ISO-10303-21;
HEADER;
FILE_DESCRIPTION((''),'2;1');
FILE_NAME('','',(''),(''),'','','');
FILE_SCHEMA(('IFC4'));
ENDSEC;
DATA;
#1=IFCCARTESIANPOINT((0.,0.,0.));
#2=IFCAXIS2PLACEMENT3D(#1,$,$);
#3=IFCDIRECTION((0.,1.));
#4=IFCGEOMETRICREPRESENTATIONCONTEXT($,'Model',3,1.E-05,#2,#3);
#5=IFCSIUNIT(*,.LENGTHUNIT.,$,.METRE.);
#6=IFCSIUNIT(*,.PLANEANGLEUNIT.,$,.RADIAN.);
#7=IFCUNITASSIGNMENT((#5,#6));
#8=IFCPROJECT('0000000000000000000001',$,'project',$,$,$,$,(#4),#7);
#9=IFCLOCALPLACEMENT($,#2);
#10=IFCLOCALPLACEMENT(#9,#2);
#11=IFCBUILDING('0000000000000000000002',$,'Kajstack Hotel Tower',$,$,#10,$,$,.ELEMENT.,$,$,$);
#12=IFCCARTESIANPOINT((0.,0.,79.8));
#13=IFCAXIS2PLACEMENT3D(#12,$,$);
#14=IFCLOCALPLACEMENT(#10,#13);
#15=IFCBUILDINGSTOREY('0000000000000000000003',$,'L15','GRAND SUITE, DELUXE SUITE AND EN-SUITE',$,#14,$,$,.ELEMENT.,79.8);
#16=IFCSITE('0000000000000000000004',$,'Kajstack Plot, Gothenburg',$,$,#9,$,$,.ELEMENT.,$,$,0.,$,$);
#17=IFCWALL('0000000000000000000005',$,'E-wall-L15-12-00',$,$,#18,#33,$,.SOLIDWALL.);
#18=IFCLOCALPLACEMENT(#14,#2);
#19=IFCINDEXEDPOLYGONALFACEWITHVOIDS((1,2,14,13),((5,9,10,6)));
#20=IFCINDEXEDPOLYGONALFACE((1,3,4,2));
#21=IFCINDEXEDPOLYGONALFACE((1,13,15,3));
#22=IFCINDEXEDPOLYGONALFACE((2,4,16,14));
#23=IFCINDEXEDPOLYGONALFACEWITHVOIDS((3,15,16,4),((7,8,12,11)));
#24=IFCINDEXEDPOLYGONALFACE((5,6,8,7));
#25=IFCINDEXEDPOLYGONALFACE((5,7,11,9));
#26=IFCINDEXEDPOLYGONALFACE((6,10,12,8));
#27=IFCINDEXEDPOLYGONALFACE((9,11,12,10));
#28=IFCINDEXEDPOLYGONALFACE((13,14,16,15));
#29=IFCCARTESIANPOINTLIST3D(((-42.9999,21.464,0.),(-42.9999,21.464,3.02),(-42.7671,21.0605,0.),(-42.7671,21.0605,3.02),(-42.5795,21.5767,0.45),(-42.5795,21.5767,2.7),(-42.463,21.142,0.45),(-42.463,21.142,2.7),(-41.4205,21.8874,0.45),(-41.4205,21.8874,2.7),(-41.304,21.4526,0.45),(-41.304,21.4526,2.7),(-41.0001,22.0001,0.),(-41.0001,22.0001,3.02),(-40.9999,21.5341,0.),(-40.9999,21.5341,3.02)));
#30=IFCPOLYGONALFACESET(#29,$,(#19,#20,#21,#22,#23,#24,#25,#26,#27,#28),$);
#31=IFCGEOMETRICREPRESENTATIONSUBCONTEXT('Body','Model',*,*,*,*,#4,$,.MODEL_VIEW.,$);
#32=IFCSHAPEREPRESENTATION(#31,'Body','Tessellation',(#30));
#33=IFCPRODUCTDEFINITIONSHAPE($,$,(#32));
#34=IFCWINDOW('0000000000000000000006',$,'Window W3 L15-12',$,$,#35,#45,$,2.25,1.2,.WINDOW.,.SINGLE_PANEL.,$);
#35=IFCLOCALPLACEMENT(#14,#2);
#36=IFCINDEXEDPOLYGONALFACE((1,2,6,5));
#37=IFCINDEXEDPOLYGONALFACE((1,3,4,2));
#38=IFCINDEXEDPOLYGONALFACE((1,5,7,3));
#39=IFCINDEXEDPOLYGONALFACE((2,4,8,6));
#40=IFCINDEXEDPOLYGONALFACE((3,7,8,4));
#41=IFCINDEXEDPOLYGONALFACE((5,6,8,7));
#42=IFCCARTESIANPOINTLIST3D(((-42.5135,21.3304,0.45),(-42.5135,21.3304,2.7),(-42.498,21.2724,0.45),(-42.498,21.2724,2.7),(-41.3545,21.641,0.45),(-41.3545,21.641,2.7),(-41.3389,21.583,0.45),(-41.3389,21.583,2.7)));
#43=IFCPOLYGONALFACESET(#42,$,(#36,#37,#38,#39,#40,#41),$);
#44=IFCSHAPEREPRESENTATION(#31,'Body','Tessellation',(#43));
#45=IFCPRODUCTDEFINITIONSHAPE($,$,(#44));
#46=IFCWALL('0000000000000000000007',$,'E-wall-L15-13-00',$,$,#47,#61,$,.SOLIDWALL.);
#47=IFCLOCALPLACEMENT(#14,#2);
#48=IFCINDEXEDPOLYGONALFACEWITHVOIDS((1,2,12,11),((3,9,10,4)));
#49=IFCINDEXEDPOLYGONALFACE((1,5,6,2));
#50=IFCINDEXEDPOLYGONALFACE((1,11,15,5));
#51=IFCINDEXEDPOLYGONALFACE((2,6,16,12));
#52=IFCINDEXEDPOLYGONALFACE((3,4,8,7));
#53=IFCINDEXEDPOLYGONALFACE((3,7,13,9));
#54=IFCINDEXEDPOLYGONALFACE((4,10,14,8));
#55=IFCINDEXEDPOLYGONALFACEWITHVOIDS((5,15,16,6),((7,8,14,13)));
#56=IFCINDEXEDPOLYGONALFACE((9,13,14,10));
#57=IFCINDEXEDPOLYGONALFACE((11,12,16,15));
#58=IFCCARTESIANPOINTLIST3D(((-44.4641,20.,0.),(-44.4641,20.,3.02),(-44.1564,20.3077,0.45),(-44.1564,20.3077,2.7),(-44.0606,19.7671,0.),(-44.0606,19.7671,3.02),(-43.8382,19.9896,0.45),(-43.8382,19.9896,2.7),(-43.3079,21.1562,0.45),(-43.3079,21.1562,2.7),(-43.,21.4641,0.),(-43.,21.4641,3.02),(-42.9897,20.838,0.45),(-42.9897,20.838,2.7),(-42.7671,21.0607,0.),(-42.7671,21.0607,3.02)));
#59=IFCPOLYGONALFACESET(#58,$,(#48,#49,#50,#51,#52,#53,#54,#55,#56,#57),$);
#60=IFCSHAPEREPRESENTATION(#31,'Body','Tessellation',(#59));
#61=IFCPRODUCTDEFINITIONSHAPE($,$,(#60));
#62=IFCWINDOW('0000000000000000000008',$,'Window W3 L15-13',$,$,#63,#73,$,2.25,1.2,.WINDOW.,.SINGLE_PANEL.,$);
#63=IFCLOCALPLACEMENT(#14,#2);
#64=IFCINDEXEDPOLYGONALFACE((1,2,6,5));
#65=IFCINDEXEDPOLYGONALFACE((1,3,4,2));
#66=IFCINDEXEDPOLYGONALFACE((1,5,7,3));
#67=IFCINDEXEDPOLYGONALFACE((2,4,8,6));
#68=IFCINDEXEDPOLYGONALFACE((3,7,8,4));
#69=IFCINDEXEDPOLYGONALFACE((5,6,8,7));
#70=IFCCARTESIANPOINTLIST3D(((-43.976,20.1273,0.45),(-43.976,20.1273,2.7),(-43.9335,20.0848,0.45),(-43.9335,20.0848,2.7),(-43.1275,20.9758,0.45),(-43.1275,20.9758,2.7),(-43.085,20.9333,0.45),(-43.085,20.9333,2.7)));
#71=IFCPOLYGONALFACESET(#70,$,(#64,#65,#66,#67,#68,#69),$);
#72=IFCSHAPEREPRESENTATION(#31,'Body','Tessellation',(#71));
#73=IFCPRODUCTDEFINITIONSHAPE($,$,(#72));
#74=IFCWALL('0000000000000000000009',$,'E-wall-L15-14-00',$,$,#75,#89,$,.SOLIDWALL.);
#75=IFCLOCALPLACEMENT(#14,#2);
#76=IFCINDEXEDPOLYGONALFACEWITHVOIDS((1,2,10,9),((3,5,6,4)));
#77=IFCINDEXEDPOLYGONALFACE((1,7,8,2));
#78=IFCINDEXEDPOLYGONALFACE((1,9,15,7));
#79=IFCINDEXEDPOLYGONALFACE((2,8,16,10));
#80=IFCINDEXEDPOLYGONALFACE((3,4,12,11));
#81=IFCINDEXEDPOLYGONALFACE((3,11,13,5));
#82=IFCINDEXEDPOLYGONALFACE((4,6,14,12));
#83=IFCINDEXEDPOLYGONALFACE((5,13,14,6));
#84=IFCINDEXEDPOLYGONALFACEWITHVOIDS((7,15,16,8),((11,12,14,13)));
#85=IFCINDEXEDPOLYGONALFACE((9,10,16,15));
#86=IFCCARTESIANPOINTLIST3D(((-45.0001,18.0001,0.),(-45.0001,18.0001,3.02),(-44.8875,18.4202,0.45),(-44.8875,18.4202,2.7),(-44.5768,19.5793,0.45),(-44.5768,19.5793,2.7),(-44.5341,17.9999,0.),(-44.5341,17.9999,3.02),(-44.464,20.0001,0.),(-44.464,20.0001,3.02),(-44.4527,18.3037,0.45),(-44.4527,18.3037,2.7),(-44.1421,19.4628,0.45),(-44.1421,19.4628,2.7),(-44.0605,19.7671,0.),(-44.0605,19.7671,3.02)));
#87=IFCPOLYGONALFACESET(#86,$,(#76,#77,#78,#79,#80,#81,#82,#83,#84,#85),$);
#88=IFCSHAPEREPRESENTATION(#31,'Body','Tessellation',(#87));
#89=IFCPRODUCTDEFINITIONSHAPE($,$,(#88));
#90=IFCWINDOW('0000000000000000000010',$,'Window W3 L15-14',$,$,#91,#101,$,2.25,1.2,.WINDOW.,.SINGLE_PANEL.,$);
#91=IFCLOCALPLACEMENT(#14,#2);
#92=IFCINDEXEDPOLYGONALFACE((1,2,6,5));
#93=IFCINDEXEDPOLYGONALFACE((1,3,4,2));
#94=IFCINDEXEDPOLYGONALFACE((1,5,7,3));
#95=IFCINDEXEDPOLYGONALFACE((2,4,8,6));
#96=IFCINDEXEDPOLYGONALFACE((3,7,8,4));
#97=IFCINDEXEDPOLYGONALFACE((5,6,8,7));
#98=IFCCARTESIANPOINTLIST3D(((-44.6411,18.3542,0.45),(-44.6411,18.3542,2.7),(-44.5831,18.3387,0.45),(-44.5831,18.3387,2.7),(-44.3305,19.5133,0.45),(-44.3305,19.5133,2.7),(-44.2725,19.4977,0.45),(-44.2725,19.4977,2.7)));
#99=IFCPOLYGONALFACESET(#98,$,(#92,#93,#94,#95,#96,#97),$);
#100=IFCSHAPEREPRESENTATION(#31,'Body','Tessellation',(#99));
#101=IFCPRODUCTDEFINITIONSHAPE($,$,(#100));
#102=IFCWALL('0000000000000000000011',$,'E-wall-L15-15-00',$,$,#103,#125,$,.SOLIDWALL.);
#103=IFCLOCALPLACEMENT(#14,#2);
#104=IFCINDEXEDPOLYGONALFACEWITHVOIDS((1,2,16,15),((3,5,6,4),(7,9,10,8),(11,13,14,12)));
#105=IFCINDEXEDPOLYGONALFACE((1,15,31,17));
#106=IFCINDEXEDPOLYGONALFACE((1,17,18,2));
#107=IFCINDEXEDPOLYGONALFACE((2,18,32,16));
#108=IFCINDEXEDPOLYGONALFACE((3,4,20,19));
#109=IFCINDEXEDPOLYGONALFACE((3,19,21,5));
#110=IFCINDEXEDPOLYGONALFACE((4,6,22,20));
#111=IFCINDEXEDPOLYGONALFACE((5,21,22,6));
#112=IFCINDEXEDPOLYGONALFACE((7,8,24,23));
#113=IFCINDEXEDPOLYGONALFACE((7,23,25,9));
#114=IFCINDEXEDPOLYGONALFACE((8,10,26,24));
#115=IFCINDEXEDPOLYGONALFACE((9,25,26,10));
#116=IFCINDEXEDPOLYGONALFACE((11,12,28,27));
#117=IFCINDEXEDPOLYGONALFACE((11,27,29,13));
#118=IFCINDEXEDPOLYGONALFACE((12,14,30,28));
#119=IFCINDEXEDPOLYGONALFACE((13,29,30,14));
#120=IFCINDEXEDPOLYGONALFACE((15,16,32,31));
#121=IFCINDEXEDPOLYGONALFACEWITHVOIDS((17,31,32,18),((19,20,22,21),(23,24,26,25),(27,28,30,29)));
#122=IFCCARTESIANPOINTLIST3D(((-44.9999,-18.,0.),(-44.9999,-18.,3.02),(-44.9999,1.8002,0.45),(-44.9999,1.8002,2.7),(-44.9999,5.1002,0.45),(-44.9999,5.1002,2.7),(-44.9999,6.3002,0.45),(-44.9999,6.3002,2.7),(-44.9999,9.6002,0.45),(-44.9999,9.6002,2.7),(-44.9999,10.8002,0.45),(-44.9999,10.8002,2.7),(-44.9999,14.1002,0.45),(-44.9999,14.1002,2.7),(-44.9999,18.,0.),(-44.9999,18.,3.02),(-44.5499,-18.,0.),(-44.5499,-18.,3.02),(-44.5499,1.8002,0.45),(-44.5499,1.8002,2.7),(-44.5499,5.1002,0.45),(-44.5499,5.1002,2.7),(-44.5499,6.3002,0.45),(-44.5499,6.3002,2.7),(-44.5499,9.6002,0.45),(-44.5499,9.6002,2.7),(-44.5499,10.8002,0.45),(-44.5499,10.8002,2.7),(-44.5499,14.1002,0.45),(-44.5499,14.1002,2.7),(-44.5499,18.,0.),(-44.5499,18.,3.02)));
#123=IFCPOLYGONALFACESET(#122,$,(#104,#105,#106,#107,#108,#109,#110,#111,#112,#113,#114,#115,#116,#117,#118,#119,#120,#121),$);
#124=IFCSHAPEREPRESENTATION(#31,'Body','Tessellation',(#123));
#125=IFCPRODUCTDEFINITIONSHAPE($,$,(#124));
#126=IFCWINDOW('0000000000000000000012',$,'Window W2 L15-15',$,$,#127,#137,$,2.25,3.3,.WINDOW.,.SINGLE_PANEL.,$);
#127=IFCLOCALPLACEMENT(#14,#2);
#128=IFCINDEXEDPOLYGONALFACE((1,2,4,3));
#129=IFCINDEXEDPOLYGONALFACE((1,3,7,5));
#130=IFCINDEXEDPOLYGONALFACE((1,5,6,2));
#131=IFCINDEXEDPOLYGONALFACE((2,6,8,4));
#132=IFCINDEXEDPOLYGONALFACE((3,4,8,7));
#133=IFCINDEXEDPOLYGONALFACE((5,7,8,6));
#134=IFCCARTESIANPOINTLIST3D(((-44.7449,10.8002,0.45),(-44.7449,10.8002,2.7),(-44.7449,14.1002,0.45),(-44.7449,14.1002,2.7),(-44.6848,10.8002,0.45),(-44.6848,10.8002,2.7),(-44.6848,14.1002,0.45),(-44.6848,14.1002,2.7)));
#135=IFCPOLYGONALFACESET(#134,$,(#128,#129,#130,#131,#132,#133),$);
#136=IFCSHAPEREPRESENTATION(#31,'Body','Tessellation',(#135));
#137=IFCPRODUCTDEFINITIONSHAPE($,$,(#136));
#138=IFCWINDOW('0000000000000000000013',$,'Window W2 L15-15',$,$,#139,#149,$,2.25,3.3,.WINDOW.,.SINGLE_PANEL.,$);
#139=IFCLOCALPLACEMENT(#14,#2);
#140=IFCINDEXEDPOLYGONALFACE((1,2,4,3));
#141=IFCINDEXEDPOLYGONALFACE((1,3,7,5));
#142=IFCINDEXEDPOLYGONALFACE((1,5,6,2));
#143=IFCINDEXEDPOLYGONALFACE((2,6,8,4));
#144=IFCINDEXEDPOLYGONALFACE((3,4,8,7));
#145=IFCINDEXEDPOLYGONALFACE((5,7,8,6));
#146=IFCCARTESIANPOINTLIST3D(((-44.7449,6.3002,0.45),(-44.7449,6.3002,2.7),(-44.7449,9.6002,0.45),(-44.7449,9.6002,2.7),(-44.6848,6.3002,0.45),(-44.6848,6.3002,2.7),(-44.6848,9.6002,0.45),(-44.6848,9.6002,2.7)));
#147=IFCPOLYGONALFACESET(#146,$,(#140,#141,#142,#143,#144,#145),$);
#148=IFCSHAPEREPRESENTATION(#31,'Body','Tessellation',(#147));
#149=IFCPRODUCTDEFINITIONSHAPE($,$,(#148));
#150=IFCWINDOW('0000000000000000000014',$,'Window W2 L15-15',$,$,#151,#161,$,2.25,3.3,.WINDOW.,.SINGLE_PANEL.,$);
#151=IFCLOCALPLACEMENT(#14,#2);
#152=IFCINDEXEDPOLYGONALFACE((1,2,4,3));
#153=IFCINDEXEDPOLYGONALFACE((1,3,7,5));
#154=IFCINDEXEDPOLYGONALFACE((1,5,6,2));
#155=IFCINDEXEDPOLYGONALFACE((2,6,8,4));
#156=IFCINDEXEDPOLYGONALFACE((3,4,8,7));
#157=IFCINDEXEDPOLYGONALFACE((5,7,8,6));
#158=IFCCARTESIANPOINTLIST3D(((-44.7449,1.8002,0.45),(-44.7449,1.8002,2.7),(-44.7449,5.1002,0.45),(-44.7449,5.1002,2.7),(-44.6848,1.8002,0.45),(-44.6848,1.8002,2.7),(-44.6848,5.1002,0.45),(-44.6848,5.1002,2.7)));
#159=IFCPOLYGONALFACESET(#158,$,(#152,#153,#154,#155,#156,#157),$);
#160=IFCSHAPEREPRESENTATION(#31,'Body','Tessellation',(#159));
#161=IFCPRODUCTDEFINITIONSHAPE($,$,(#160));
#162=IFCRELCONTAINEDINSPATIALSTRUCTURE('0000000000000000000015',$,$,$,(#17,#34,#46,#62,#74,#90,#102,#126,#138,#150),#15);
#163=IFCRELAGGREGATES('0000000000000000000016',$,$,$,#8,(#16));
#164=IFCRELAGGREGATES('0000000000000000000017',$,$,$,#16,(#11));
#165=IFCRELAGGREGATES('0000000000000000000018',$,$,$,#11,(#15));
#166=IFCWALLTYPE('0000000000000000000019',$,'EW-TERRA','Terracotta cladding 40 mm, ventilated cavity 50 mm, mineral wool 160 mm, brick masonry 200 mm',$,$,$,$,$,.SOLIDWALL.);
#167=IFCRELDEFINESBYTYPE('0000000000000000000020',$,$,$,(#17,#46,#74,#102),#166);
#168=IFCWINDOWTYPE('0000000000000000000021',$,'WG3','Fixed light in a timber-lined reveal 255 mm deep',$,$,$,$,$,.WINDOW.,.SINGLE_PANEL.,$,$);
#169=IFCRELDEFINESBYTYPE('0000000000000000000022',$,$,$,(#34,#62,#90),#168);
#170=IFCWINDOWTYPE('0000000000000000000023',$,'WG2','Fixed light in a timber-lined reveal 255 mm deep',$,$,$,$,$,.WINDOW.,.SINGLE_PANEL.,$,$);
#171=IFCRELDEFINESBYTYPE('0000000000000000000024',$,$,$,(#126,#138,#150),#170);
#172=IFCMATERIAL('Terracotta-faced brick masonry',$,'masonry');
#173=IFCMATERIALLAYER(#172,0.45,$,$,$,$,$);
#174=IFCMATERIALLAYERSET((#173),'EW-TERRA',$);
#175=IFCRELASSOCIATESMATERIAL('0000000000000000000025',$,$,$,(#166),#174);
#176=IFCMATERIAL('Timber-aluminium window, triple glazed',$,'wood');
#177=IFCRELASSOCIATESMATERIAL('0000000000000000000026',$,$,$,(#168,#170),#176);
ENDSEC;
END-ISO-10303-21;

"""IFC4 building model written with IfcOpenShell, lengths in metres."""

from ifc_helpers import new_model, si_unit, direction, frame, frame_2d, origin, place, context, subcontext, project, spatial, polyline, rectangle, outline, extrude, material, layer, layer_set, type_object, element, fill, save


model = new_model("IFC4")

# Units and contexts
model_context = context("Model", 3, precision=1e-05, world=origin(), true_north=direction((0.0, 1.0)))
body_context = subcontext(model_context, "Body", "Model", "MODEL_VIEW")
ifc_project = project(units=[si_unit("LENGTHUNIT", "METRE"), si_unit("PLANEANGLEUNIT", "RADIAN")], contexts=[model_context])

# Site, building, storey
site_placement = place(None, origin())
site = spatial("IfcSite", under=ifc_project, at=site_placement, Name="Kajstack Plot, Gothenburg", CompositionType="ELEMENT", RefElevation=0.0)
building_placement = place(site_placement, origin())
building = spatial("IfcBuilding", under=site, at=building_placement, Name="Kajstack Hotel Tower", CompositionType="ELEMENT")
storey_placement = place(building_placement, frame((0.0, 0.0, 79.8)))
storey = spatial("IfcBuildingStorey", under=building, at=storey_placement, Name="L15", Description="GRAND SUITE, DELUXE SUITE AND EN-SUITE", CompositionType="ELEMENT", Elevation=79.8)

# Walls, openings, windows
ifc_material_1 = material(Name="Terracotta-faced brick masonry", Category="masonry")
ifc_layer_1 = layer(ifc_material_1, 0.45)
ifc_layer_set_1 = layer_set([ifc_layer_1], Name="EW-TERRA")
wall_type_1 = type_object("IfcWallType", Name="EW-TERRA", Description="Terracotta cladding 40 mm, ventilated cavity 50 mm, mineral wool 160 mm, brick masonry 200 mm", PredefinedType="SOLIDWALL", material=ifc_layer_set_1)
wall_1_placement = place(storey_placement, frame((-40.9417, 21.7827, 0.0), z_axis=(0.0, 0.0, 1.0), x_axis=(-0.965927, -0.258815, 0.0)))
wall_1 = element("IfcWall", 1, at=wall_1_placement, inside=storey, type_object=wall_type_1, Name="E-wall-L15-12-00", PredefinedType="SOLIDWALL", context=body_context, shape_type="SweptSolid", body=[
    extrude(outline(polyline([(0.0002, -0.2251), (2.0706, -0.2249), (1.9502, 0.2251), (0.1206, 0.2251), (0.0002, -0.2251)])), origin(), (0.0, 0.0, 1.0), 3.02),
])
opening_1_placement = place(wall_1_placement, frame((0.4353, 0.0, 0.45)))
opening_1 = element("IfcOpeningElement", 2, at=opening_1_placement, cuts=wall_1, PredefinedType="OPENING", context=body_context, shape_type="SweptSolid", body=[
    extrude(rectangle(XDim=1.2, YDim=2.25, at=frame_2d((0.6001, 1.125))), frame((0.0, 0.2349, 0.0), z_axis=(0.0, -1.0, 0.0), x_axis=(1.0, 0.0, 0.0)), (0.0, 0.0, 1.0), 0.47),
])
ifc_material_2 = material(Name="Timber-aluminium window, triple glazed", Category="wood")
window_type_1 = type_object("IfcWindowType", Name="WG3", Description="Fixed light in a timber-lined reveal 255 mm deep", PartitioningType="SINGLE_PANEL", PredefinedType="WINDOW", material=ifc_material_2)
window_1_placement = place(opening_1_placement, origin())
window_1 = element("IfcWindow", 3, at=window_1_placement, inside=storey, type_object=window_type_1, Name="Window W3 L15-12", OverallHeight=2.25, OverallWidth=1.2, PartitioningType="SINGLE_PANEL", PredefinedType="WINDOW", context=body_context, shape_type="SweptSolid", body=[
    extrude(rectangle(XDim=1.2, YDim=2.25, at=frame_2d((0.6001, 1.125))), frame((0.0, 0.0901, 0.0), z_axis=(0.0, -1.0, 0.0), x_axis=(1.0, 0.0, 0.0)), (0.0, 0.0, 1.0), 0.0601),
])
fill(opening_1, window_1)
wall_2_placement = place(storey_placement, frame((-42.8408, 21.3049, 0.0), z_axis=(0.0, 0.0, 1.0), x_axis=(-0.707107, -0.707107, 0.0)))
wall_2 = element("IfcWall", 4, at=wall_2_placement, inside=storey, type_object=wall_type_1, Name="E-wall-L15-13-00", PredefinedType="SOLIDWALL", context=body_context, shape_type="SweptSolid", body=[
    extrude(outline(polyline([(0.0, -0.2251), (2.0706, -0.2251), (1.95, 0.2249), (0.1206, 0.2249), (0.0, -0.2251)])), origin(), (0.0, 0.0, 1.0), 3.02),
])
opening_2_placement = place(wall_2_placement, frame((0.4353, 0.0, 0.45)))
opening_2 = element("IfcOpeningElement", 5, at=opening_2_placement, cuts=wall_2, PredefinedType="OPENING", context=body_context, shape_type="SweptSolid", body=[
    extrude(rectangle(XDim=1.2, YDim=2.25, at=frame_2d((0.6001, 1.125))), frame((0.0, 0.2349, 0.0), z_axis=(0.0, -1.0, 0.0), x_axis=(1.0, 0.0, 0.0)), (0.0, 0.0, 1.0), 0.47),
])
window_2_placement = place(opening_2_placement, origin())
window_2 = element("IfcWindow", 6, at=window_2_placement, inside=storey, type_object=window_type_1, Name="Window W3 L15-13", OverallHeight=2.25, OverallWidth=1.2, PartitioningType="SINGLE_PANEL", PredefinedType="WINDOW", context=body_context, shape_type="SweptSolid", body=[
    extrude(rectangle(XDim=1.2, YDim=2.25, at=frame_2d((0.6001, 1.125))), frame((0.0, 0.0901, 0.0), z_axis=(0.0, -1.0, 0.0), x_axis=(1.0, 0.0, 0.0)), (0.0, 0.0, 1.0), 0.0601),
])
fill(opening_2, window_2)
wall_3_placement = place(storey_placement, frame((-44.2468, 19.9417, 0.0), z_axis=(0.0, 0.0, 1.0), x_axis=(-0.258815, -0.965927, 0.0)))
wall_3 = element("IfcWall", 7, at=wall_3_placement, inside=storey, type_object=wall_type_1, Name="E-wall-L15-14-00", PredefinedType="SOLIDWALL", context=body_context, shape_type="SweptSolid", body=[
    extrude(outline(polyline([(-0.0002, -0.2249), (2.0703, -0.2251), (1.95, 0.2251), (0.1204, 0.2251), (-0.0002, -0.2249)])), origin(), (0.0, 0.0, 1.0), 3.02),
])
opening_3_placement = place(wall_3_placement, frame((0.4353, 0.0, 0.45)))
opening_3 = element("IfcOpeningElement", 8, at=opening_3_placement, cuts=wall_3, PredefinedType="OPENING", context=body_context, shape_type="SweptSolid", body=[
    extrude(rectangle(XDim=1.2, YDim=2.25, at=frame_2d((0.6001, 1.125))), frame((0.0, 0.2349, 0.0), z_axis=(0.0, -1.0, 0.0), x_axis=(1.0, 0.0, 0.0)), (0.0, 0.0, 1.0), 0.47),
])
window_3_placement = place(opening_3_placement, origin())
window_3 = element("IfcWindow", 9, at=window_3_placement, inside=storey, type_object=window_type_1, Name="Window W3 L15-14", OverallHeight=2.25, OverallWidth=1.2, PartitioningType="SINGLE_PANEL", PredefinedType="WINDOW", context=body_context, shape_type="SweptSolid", body=[
    extrude(rectangle(XDim=1.2, YDim=2.25, at=frame_2d((0.6001, 1.125))), frame((0.0, 0.0901, 0.0), z_axis=(0.0, -1.0, 0.0), x_axis=(1.0, 0.0, 0.0)), (0.0, 0.0, 1.0), 0.0601),
])
fill(opening_3, window_3)

# Wall, openings, windows
wall_4_placement = place(storey_placement, frame((-44.7749, 18.0, 0.0), z_axis=(0.0, 0.0, 1.0), x_axis=(0.0, -1.0, 0.0)))
wall_4 = element("IfcWall", 10, at=wall_4_placement, inside=storey, type_object=wall_type_1, Name="E-wall-L15-15-00", PredefinedType="SOLIDWALL", context=body_context, shape_type="SweptSolid", body=[
    extrude(rectangle(XDim=36.0, YDim=0.45, at=frame_2d((18.0, 0.0))), origin(), (0.0, 0.0, 1.0), 3.02),
])
opening_4_placement = place(wall_4_placement, frame((3.8999, 0.0, 0.45)))
opening_4 = element("IfcOpeningElement", 11, at=opening_4_placement, cuts=wall_4, PredefinedType="OPENING", context=body_context, shape_type="SweptSolid", body=[
    extrude(rectangle(XDim=3.3, YDim=2.25, at=frame_2d((1.6499, 1.125))), frame((0.0, 0.2349, 0.0), z_axis=(0.0, -1.0, 0.0), x_axis=(1.0, 0.0, 0.0)), (0.0, 0.0, 1.0), 0.47),
])
opening_5_placement = place(wall_4_placement, frame((8.3999, 0.0, 0.45)))
opening_5 = element("IfcOpeningElement", 12, at=opening_5_placement, cuts=wall_4, PredefinedType="OPENING", context=body_context, shape_type="SweptSolid", body=[
    extrude(rectangle(XDim=3.3, YDim=2.25, at=frame_2d((1.6499, 1.125))), frame((0.0, 0.2349, 0.0), z_axis=(0.0, -1.0, 0.0), x_axis=(1.0, 0.0, 0.0)), (0.0, 0.0, 1.0), 0.47),
])
opening_6_placement = place(wall_4_placement, frame((12.8999, 0.0, 0.45)))
opening_6 = element("IfcOpeningElement", 13, at=opening_6_placement, cuts=wall_4, PredefinedType="OPENING", context=body_context, shape_type="SweptSolid", body=[
    extrude(rectangle(XDim=3.3, YDim=2.25, at=frame_2d((1.6499, 1.125))), frame((0.0, 0.2349, 0.0), z_axis=(0.0, -1.0, 0.0), x_axis=(1.0, 0.0, 0.0)), (0.0, 0.0, 1.0), 0.47),
])
window_type_2 = type_object("IfcWindowType", Name="WG2", Description="Fixed light in a timber-lined reveal 255 mm deep", PartitioningType="SINGLE_PANEL", PredefinedType="WINDOW", material=ifc_material_2)
window_4_placement = place(opening_4_placement, origin())
window_4 = element("IfcWindow", 14, at=window_4_placement, inside=storey, type_object=window_type_2, Name="Window W2 L15-15", OverallHeight=2.25, OverallWidth=3.3, PartitioningType="SINGLE_PANEL", PredefinedType="WINDOW", context=body_context, shape_type="SweptSolid", body=[
    extrude(rectangle(XDim=3.3, YDim=2.25, at=frame_2d((1.6499, 1.125))), frame((0.0, 0.0901, 0.0), z_axis=(0.0, -1.0, 0.0), x_axis=(1.0, 0.0, 0.0)), (0.0, 0.0, 1.0), 0.0601),
])
fill(opening_4, window_4)
window_5_placement = place(opening_5_placement, origin())
window_5 = element("IfcWindow", 15, at=window_5_placement, inside=storey, type_object=window_type_2, Name="Window W2 L15-15", OverallHeight=2.25, OverallWidth=3.3, PartitioningType="SINGLE_PANEL", PredefinedType="WINDOW", context=body_context, shape_type="SweptSolid", body=[
    extrude(rectangle(XDim=3.3, YDim=2.25, at=frame_2d((1.6499, 1.125))), frame((0.0, 0.0901, 0.0), z_axis=(0.0, -1.0, 0.0), x_axis=(1.0, 0.0, 0.0)), (0.0, 0.0, 1.0), 0.0601),
])
fill(opening_5, window_5)
window_6_placement = place(opening_6_placement, origin())
window_6 = element("IfcWindow", 16, at=window_6_placement, inside=storey, type_object=window_type_2, Name="Window W2 L15-15", OverallHeight=2.25, OverallWidth=3.3, PartitioningType="SINGLE_PANEL", PredefinedType="WINDOW", context=body_context, shape_type="SweptSolid", body=[
    extrude(rectangle(XDim=3.3, YDim=2.25, at=frame_2d((1.6499, 1.125))), frame((0.0, 0.0901, 0.0), z_axis=(0.0, -1.0, 0.0), x_axis=(1.0, 0.0, 0.0)), (0.0, 0.0, 1.0), 0.0601),
])
fill(opening_6, window_6)

save(model, "model.ifc")
